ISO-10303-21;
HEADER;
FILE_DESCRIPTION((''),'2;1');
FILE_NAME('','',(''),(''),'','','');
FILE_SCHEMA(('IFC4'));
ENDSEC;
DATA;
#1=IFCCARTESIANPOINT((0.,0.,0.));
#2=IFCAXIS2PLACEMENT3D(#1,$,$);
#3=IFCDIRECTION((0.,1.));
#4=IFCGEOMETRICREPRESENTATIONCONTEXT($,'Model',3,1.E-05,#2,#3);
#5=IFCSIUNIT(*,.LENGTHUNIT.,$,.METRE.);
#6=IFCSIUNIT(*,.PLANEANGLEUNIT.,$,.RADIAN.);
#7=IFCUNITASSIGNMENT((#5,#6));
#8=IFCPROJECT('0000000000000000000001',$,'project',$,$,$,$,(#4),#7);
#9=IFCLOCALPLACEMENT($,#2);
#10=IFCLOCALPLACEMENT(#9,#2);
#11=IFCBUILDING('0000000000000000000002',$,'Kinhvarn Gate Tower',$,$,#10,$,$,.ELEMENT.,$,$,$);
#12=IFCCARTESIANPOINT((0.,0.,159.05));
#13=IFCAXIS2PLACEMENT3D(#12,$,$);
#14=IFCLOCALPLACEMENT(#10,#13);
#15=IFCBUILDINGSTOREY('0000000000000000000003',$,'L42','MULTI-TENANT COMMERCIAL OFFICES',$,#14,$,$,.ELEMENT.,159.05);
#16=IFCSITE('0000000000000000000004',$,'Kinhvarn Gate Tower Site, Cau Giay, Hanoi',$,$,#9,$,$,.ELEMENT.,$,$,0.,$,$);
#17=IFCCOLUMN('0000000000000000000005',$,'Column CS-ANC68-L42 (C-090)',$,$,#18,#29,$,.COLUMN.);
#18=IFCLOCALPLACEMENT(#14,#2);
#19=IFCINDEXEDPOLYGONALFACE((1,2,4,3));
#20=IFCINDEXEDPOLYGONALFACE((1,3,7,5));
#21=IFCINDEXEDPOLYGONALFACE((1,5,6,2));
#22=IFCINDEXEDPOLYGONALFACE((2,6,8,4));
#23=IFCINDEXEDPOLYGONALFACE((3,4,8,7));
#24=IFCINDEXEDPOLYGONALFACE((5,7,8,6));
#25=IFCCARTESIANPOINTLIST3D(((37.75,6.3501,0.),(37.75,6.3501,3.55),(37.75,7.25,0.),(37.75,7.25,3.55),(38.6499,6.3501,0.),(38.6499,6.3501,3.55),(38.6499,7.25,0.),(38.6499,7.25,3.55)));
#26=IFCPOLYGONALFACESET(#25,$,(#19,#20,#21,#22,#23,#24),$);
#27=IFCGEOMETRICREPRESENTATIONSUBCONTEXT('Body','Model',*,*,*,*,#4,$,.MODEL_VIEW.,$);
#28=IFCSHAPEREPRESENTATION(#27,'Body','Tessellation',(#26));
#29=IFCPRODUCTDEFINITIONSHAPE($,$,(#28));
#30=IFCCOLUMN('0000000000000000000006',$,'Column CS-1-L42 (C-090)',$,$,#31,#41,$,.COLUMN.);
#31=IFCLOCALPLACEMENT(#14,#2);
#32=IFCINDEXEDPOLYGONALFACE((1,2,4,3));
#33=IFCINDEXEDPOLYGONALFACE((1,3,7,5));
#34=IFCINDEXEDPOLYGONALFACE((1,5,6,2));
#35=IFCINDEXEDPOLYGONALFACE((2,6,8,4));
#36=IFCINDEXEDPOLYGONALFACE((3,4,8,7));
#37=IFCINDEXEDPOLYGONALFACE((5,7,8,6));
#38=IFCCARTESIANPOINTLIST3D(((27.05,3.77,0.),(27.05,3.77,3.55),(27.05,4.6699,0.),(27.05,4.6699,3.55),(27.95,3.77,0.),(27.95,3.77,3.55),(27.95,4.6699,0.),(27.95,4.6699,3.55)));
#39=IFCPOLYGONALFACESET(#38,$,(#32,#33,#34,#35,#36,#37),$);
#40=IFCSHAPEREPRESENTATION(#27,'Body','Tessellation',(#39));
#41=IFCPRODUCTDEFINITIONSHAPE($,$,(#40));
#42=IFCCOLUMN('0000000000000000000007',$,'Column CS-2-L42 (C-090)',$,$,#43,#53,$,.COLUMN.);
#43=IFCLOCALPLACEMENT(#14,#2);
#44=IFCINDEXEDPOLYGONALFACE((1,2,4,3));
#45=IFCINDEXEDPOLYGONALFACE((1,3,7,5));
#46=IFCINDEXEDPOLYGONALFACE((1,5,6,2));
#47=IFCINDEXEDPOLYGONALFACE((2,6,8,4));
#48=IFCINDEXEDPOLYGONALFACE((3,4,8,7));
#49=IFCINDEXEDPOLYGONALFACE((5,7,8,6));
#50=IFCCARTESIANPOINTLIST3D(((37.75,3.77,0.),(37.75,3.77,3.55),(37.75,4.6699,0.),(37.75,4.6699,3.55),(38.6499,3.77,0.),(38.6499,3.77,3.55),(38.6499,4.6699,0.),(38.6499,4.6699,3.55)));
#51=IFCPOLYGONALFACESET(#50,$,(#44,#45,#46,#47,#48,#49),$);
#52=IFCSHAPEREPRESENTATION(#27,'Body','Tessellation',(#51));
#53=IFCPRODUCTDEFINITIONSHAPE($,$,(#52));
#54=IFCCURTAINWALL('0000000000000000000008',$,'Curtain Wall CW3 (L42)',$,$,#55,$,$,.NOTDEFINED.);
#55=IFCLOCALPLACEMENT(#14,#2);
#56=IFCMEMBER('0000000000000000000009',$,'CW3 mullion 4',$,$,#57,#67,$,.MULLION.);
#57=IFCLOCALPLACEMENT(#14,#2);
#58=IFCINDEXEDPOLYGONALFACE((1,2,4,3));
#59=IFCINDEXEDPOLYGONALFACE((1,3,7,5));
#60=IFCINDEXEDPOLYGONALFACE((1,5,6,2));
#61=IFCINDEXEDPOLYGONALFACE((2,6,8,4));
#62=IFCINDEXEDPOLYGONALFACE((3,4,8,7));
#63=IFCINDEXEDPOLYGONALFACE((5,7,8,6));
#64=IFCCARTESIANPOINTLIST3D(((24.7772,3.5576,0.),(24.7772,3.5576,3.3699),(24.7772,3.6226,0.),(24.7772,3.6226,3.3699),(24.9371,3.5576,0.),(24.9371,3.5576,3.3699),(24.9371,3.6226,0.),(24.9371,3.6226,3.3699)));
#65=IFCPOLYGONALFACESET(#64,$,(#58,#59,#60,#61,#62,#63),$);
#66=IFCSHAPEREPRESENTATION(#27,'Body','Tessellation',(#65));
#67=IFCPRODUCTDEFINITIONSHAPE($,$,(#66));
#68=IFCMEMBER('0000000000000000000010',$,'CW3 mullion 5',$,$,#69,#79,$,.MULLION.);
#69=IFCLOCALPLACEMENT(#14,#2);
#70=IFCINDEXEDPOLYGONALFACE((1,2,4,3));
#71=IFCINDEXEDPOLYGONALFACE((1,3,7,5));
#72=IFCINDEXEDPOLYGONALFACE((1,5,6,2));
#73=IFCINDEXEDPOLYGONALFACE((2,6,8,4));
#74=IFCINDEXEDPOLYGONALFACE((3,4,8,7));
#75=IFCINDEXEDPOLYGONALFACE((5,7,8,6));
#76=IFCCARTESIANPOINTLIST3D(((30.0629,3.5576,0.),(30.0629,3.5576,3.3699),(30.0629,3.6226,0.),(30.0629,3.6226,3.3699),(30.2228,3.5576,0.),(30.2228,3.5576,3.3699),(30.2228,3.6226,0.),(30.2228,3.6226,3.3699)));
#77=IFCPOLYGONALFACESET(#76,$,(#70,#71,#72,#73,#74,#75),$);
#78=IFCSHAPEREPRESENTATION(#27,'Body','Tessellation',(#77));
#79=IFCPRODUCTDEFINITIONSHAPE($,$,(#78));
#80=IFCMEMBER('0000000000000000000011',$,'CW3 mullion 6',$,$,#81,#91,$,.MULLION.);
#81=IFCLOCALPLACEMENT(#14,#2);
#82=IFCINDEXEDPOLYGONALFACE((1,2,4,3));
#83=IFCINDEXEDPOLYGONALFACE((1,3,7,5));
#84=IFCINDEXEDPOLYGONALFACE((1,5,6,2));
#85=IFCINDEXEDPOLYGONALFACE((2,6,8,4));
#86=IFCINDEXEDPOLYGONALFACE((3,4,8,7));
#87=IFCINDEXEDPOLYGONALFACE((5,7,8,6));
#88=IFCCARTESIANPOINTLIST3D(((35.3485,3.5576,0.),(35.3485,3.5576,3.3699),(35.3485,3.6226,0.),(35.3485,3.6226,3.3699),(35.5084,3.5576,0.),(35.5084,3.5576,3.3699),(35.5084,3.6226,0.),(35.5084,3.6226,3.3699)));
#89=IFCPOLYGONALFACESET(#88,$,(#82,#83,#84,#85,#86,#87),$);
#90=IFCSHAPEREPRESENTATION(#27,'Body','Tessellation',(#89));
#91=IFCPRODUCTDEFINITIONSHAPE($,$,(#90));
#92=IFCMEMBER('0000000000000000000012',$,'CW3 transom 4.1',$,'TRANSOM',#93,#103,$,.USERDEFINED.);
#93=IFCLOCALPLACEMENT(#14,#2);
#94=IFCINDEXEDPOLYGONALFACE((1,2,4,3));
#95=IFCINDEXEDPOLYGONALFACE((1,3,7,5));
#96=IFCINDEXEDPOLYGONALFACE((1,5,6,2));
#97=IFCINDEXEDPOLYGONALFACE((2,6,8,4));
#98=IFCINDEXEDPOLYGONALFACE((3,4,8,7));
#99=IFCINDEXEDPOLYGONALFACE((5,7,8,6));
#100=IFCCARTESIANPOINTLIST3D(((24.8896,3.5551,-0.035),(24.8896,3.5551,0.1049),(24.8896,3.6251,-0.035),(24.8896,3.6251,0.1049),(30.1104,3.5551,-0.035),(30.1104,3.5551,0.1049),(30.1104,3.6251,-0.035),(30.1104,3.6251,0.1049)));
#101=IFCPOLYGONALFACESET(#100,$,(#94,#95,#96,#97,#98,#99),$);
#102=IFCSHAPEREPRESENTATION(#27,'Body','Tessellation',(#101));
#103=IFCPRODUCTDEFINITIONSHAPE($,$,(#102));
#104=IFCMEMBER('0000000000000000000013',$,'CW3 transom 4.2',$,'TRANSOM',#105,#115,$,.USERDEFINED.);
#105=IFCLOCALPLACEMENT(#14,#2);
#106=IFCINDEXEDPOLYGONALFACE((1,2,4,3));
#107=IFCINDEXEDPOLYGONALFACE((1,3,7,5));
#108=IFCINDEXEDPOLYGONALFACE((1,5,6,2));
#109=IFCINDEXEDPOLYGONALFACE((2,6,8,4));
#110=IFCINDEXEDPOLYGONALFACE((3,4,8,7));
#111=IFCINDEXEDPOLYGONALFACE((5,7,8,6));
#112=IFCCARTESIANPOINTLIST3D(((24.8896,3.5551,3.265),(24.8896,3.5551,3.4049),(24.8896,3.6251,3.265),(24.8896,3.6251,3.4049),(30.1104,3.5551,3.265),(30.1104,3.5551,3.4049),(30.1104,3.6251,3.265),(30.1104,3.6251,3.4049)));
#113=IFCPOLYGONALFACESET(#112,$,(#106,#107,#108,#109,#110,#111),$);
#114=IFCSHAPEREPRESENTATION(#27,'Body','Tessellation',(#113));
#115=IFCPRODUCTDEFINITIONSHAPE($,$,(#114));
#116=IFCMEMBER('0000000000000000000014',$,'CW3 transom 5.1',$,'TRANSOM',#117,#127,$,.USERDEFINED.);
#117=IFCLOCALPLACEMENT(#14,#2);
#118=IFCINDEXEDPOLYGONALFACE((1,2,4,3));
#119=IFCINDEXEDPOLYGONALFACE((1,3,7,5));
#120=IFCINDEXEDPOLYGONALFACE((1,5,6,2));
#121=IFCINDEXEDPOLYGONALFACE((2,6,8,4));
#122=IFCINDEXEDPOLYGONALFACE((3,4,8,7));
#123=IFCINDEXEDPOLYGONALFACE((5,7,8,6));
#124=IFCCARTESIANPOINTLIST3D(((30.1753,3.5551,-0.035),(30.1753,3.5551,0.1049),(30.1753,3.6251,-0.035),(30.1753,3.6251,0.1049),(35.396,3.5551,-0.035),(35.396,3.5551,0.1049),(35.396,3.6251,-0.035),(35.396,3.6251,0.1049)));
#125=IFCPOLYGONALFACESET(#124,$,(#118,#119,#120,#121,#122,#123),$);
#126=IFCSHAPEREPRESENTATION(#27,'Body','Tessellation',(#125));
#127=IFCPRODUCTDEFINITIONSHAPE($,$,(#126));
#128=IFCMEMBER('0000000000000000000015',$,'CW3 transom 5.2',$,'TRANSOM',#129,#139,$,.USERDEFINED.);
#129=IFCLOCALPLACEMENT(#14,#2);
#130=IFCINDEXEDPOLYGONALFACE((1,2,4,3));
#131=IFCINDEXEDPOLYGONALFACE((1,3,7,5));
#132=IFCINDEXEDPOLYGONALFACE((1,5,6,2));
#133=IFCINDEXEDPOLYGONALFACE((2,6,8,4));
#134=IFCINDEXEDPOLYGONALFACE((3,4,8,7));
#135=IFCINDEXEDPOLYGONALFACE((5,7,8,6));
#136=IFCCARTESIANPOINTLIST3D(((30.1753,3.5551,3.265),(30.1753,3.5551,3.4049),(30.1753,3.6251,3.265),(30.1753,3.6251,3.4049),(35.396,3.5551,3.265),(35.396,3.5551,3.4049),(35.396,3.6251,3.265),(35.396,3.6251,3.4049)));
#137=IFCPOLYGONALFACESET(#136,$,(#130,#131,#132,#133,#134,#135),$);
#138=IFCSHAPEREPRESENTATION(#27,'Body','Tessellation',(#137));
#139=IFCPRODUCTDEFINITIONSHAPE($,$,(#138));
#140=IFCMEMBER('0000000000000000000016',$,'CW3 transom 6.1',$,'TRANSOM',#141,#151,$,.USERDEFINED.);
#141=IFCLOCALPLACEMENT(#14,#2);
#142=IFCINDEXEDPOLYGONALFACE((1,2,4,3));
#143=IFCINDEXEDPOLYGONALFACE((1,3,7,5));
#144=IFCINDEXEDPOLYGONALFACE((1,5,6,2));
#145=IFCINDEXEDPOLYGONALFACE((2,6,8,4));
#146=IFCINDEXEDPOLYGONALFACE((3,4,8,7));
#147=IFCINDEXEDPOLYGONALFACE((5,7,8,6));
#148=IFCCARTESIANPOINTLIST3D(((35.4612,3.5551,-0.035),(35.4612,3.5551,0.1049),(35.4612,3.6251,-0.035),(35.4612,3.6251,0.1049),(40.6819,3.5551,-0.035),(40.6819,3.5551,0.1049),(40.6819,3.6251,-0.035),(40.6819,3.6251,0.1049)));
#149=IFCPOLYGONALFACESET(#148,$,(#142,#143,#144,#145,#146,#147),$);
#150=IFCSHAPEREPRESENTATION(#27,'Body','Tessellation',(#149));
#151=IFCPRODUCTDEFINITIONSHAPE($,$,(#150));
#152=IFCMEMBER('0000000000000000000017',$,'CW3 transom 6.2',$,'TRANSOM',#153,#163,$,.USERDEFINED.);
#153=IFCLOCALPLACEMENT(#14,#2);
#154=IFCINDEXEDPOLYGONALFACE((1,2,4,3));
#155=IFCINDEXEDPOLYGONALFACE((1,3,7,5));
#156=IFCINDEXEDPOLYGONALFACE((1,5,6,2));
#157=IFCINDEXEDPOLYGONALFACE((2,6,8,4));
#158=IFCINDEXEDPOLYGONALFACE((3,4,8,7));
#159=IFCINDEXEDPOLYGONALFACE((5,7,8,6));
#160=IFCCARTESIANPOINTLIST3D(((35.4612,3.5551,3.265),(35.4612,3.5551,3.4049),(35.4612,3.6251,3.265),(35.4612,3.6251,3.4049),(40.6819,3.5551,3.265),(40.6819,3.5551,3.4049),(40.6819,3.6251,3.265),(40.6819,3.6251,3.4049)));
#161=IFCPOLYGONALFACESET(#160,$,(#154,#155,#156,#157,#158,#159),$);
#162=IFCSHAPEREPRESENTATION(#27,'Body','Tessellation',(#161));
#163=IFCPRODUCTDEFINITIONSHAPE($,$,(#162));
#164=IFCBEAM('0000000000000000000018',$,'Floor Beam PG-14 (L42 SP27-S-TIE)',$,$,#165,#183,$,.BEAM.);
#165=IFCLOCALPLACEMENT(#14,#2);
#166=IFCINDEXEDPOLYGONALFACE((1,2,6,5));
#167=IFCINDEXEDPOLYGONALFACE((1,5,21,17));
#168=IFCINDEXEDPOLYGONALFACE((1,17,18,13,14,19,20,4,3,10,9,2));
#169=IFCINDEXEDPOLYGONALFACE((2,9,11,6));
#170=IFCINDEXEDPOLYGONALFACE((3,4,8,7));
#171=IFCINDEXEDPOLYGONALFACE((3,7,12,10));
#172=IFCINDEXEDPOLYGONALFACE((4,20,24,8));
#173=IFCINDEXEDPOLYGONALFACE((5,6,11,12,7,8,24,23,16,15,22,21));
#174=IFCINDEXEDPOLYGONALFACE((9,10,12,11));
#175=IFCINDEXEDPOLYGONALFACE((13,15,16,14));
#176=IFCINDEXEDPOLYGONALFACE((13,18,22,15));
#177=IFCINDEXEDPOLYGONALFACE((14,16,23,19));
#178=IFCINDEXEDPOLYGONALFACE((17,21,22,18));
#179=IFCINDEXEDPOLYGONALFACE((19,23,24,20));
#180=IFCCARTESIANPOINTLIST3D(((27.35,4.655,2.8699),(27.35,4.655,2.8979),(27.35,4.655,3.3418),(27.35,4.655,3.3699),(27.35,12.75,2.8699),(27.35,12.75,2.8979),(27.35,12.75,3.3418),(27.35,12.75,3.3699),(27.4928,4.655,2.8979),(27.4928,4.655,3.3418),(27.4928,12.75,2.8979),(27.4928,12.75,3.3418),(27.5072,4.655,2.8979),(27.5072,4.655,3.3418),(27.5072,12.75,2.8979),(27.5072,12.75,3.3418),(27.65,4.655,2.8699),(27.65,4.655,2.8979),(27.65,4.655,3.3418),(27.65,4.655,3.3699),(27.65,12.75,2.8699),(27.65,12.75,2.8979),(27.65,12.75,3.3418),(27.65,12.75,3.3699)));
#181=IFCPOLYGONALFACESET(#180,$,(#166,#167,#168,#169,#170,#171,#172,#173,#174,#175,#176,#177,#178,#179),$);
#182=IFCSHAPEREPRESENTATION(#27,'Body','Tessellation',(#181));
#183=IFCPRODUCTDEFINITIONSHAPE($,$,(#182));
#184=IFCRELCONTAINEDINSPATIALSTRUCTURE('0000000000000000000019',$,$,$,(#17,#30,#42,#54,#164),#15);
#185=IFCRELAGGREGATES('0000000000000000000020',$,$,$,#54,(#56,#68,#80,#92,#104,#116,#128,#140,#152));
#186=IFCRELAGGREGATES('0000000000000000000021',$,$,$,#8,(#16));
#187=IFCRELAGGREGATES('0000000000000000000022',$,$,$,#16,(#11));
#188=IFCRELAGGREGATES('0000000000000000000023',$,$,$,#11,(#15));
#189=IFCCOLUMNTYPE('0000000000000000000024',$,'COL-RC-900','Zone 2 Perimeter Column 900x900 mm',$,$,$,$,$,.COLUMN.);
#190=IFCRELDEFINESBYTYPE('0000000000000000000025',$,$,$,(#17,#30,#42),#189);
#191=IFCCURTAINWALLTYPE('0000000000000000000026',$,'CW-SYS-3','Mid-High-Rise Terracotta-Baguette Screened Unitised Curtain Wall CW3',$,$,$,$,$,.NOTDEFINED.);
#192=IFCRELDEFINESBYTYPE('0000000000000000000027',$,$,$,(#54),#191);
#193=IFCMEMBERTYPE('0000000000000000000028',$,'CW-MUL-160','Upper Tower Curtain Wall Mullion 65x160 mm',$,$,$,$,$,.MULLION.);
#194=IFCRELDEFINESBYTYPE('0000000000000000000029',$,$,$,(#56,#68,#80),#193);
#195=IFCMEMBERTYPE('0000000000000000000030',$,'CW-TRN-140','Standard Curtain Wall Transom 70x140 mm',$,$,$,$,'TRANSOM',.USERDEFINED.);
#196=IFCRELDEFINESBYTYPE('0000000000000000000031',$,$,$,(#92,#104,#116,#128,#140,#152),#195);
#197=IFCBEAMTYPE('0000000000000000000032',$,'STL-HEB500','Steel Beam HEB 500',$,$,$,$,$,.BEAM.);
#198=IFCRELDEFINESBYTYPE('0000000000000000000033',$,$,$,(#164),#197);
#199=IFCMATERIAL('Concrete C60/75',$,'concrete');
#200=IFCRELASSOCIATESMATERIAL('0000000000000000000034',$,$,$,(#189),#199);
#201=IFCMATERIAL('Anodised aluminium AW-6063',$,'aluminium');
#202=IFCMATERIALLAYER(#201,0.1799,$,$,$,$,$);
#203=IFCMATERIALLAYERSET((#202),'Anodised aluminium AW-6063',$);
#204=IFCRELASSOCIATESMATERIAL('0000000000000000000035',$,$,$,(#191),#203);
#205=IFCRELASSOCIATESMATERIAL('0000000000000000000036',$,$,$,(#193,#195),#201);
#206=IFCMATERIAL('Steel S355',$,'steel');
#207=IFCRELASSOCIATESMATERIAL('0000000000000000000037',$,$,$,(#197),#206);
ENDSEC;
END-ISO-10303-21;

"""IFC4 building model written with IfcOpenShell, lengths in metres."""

from ifc_helpers import new_model, si_unit, direction, frame, origin, origin_2d, place, context, subcontext, project, spatial, rectangle, i_section, extrude, material, layer, layer_set, material_profile, profile_set, type_object, element, aggregate, save


model = new_model("IFC4")

# Units and contexts
model_context = context("Model", 3, precision=1e-05, world=origin(), true_north=direction((0.0, 1.0)))
body_context = subcontext(model_context, "Body", "Model", "MODEL_VIEW")
ifc_project = project(units=[si_unit("LENGTHUNIT", "METRE"), si_unit("PLANEANGLEUNIT", "RADIAN")], contexts=[model_context])

# Site, building, storey
site_placement = place(None, origin())
site = spatial("IfcSite", under=ifc_project, at=site_placement, Name="Kinhvarn Gate Tower Site, Cau Giay, Hanoi", CompositionType="ELEMENT", RefElevation=0.0)
building_placement = place(site_placement, origin())
building = spatial("IfcBuilding", under=site, at=building_placement, Name="Kinhvarn Gate Tower", CompositionType="ELEMENT")
storey_placement = place(building_placement, frame((0.0, 0.0, 159.05)))
storey = spatial("IfcBuildingStorey", under=building, at=storey_placement, Name="L42", Description="MULTI-TENANT COMMERCIAL OFFICES", CompositionType="ELEMENT", Elevation=159.05)

# Columns
ifc_material_1 = material(Name="Concrete C60/75", Category="concrete")
ifc_material_profile_1 = material_profile(ifc_material_1, rectangle(XDim=0.8999, YDim=0.8999, at=origin_2d()), Name="RC 900x900")
ifc_profile_set_1 = profile_set([ifc_material_profile_1], Name="Concrete C60/75")
column_type = type_object("IfcColumnType", Name="COL-RC-900", Description="Zone 2 Perimeter Column 900x900 mm", PredefinedType="COLUMN", material=ifc_profile_set_1)
for number, where, z_axis, x_axis, name in (
    (1, (38.2, 6.8, 0.0), (0.0, 0.0, 1.0), (1.0, 0.0, 0.0), "Column CS-ANC68-L42 (C-090)"),
    (2, (27.5, 4.22, 0.0), (0.0, 0.0, 1.0), (1.0, 0.0, 0.0), "Column CS-1-L42 (C-090)"),
    (3, (38.2, 4.22, 0.0), (0.0, 0.0, 1.0), (1.0, 0.0, 0.0), "Column CS-2-L42 (C-090)"),
):
    element("IfcColumn", number, at=place(storey_placement, frame(where, z_axis=z_axis, x_axis=x_axis)), inside=storey, type_object=column_type, Name=name, PredefinedType="COLUMN", context=body_context, shape_type="SweptSolid", body=[
        extrude(rectangle(XDim=0.8999, YDim=0.8999, at=origin_2d()), origin(), (0.0, 0.0, 1.0), 3.55),
    ])

# Curtain wall, members
ifc_material_2 = material(Name="Anodised aluminium AW-6063", Category="aluminium")
ifc_layer_1 = layer(ifc_material_2, 0.1799)
ifc_layer_set_1 = layer_set([ifc_layer_1], Name="Anodised aluminium AW-6063")
curtain_wall_type = type_object("IfcCurtainWallType", Name="CW-SYS-3", Description="Mid-High-Rise Terracotta-Baguette Screened Unitised Curtain Wall CW3", PredefinedType="NOTDEFINED", material=ifc_layer_set_1)
curtain_wall_placement = place(storey_placement, origin())
curtain_wall = element("IfcCurtainWall", 4, at=curtain_wall_placement, inside=storey, type_object=curtain_wall_type, Name="Curtain Wall CW3 (L42)", PredefinedType="NOTDEFINED")
ifc_material_profile_2 = material_profile(ifc_material_2, rectangle(XDim=0.0649, YDim=0.1599, at=origin_2d()), Name="ALU 65x160")
ifc_profile_set_2 = profile_set([ifc_material_profile_2], Name="Anodised aluminium AW-6063")
member_type_1 = type_object("IfcMemberType", Name="CW-MUL-160", Description="Upper Tower Curtain Wall Mullion 65x160 mm", PredefinedType="MULLION", material=ifc_profile_set_2)
member_1_placement = place(storey_placement, frame((24.8572, 3.5901, 0.0), z_axis=(0.0, 0.0, 1.0), x_axis=(0.0, 1.0, 0.0)))
member_1 = element("IfcMember", 5, at=member_1_placement, type_object=member_type_1, Name="CW3 mullion 4", PredefinedType="MULLION", context=body_context, shape_type="SweptSolid", body=[
    extrude(rectangle(XDim=0.0649, YDim=0.1599, at=origin_2d()), origin(), (0.0, 0.0, 1.0), 3.3699),
])
member_2_placement = place(storey_placement, frame((30.1428, 3.5901, 0.0), z_axis=(0.0, 0.0, 1.0), x_axis=(0.0, 1.0, 0.0)))
member_2 = element("IfcMember", 6, at=member_2_placement, type_object=member_type_1, Name="CW3 mullion 5", PredefinedType="MULLION", context=body_context, shape_type="SweptSolid", body=[
    extrude(rectangle(XDim=0.0649, YDim=0.1599, at=origin_2d()), origin(), (0.0, 0.0, 1.0), 3.3699),
])
member_3_placement = place(storey_placement, frame((35.4285, 3.5901, 0.0), z_axis=(0.0, 0.0, 1.0), x_axis=(0.0, 1.0, 0.0)))
member_3 = element("IfcMember", 7, at=member_3_placement, type_object=member_type_1, Name="CW3 mullion 6", PredefinedType="MULLION", context=body_context, shape_type="SweptSolid", body=[
    extrude(rectangle(XDim=0.0649, YDim=0.1599, at=origin_2d()), origin(), (0.0, 0.0, 1.0), 3.3699),
])
ifc_material_profile_3 = material_profile(ifc_material_2, rectangle(XDim=0.0701, YDim=0.1399, at=origin_2d()), Name="ALU 70x140")
ifc_profile_set_3 = profile_set([ifc_material_profile_3], Name="Anodised aluminium AW-6063")
member_type_2 = type_object("IfcMemberType", Name="CW-TRN-140", Description="Standard Curtain Wall Transom 70x140 mm", ElementType="TRANSOM", PredefinedType="USERDEFINED", material=ifc_profile_set_3)
member_4_placement = place(storey_placement, frame((24.8896, 3.5901, 0.0349), z_axis=(1.0, 0.0, 0.0), x_axis=(0.0, 1.0, 0.0)))
member_4 = element("IfcMember", 8, at=member_4_placement, type_object=member_type_2, Name="CW3 transom 4.1", ObjectType="TRANSOM", PredefinedType="USERDEFINED", context=body_context, shape_type="SweptSolid", body=[
    extrude(rectangle(XDim=0.0701, YDim=0.1399, at=origin_2d()), origin(), (0.0, 0.0, 1.0), 5.2207),
])
member_5_placement = place(storey_placement, frame((24.8896, 3.5901, 3.335), z_axis=(1.0, 0.0, 0.0), x_axis=(0.0, 1.0, 0.0)))
member_5 = element("IfcMember", 9, at=member_5_placement, type_object=member_type_2, Name="CW3 transom 4.2", ObjectType="TRANSOM", PredefinedType="USERDEFINED", context=body_context, shape_type="SweptSolid", body=[
    extrude(rectangle(XDim=0.0701, YDim=0.1399, at=origin_2d()), origin(), (0.0, 0.0, 1.0), 5.2207),
])
member_6_placement = place(storey_placement, frame((30.1753, 3.5901, 0.0349), z_axis=(1.0, 0.0, 0.0), x_axis=(0.0, 1.0, 0.0)))
member_6 = element("IfcMember", 10, at=member_6_placement, type_object=member_type_2, Name="CW3 transom 5.1", ObjectType="TRANSOM", PredefinedType="USERDEFINED", context=body_context, shape_type="SweptSolid", body=[
    extrude(rectangle(XDim=0.0701, YDim=0.1399, at=origin_2d()), origin(), (0.0, 0.0, 1.0), 5.2207),
])
member_7_placement = place(storey_placement, frame((30.1753, 3.5901, 3.335), z_axis=(1.0, 0.0, 0.0), x_axis=(0.0, 1.0, 0.0)))
member_7 = element("IfcMember", 11, at=member_7_placement, type_object=member_type_2, Name="CW3 transom 5.2", ObjectType="TRANSOM", PredefinedType="USERDEFINED", context=body_context, shape_type="SweptSolid", body=[
    extrude(rectangle(XDim=0.0701, YDim=0.1399, at=origin_2d()), origin(), (0.0, 0.0, 1.0), 5.2207),
])
member_8_placement = place(storey_placement, frame((35.4612, 3.5901, 0.0349), z_axis=(1.0, 0.0, 0.0), x_axis=(0.0, 1.0, 0.0)))
member_8 = element("IfcMember", 12, at=member_8_placement, type_object=member_type_2, Name="CW3 transom 6.1", ObjectType="TRANSOM", PredefinedType="USERDEFINED", context=body_context, shape_type="SweptSolid", body=[
    extrude(rectangle(XDim=0.0701, YDim=0.1399, at=origin_2d()), origin(), (0.0, 0.0, 1.0), 5.2207),
])
member_9_placement = place(storey_placement, frame((35.4612, 3.5901, 3.335), z_axis=(1.0, 0.0, 0.0), x_axis=(0.0, 1.0, 0.0)))
member_9 = element("IfcMember", 13, at=member_9_placement, type_object=member_type_2, Name="CW3 transom 6.2", ObjectType="TRANSOM", PredefinedType="USERDEFINED", context=body_context, shape_type="SweptSolid", body=[
    extrude(rectangle(XDim=0.0701, YDim=0.1399, at=origin_2d()), origin(), (0.0, 0.0, 1.0), 5.2207),
])

# Beam
ifc_material_3 = material(Name="Steel S355", Category="steel")
ifc_material_profile_4 = material_profile(ifc_material_3, i_section(OverallWidth=0.3, OverallDepth=0.5, WebThickness=0.0144, FlangeThickness=0.0281, at=origin_2d()), Name="HEB 500")
ifc_profile_set_4 = profile_set([ifc_material_profile_4], Name="Steel S355")
beam_type_1 = type_object("IfcBeamType", Name="STL-HEB500", Description="Steel Beam HEB 500", PredefinedType="BEAM", material=ifc_profile_set_4)
beam_1_placement = place(storey_placement, frame((27.5, 4.655, 3.1199), z_axis=(0.0, 1.0, 0.0), x_axis=(-1.0, 0.0, 0.0)))
element("IfcBeam", 14, at=beam_1_placement, inside=storey, type_object=beam_type_1, Name="Floor Beam PG-14 (L42 SP27-S-TIE)", PredefinedType="BEAM", context=body_context, shape_type="SweptSolid", body=[
    extrude(i_section(OverallWidth=0.3, OverallDepth=0.5, WebThickness=0.0144, FlangeThickness=0.0281, at=origin_2d()), origin(), (0.0, 0.0, 1.0), 8.095),
])

aggregate(curtain_wall, [member_1, member_2, member_3, member_4, member_5, member_6, member_7, member_8, member_9])

save(model, "model.ifc")
